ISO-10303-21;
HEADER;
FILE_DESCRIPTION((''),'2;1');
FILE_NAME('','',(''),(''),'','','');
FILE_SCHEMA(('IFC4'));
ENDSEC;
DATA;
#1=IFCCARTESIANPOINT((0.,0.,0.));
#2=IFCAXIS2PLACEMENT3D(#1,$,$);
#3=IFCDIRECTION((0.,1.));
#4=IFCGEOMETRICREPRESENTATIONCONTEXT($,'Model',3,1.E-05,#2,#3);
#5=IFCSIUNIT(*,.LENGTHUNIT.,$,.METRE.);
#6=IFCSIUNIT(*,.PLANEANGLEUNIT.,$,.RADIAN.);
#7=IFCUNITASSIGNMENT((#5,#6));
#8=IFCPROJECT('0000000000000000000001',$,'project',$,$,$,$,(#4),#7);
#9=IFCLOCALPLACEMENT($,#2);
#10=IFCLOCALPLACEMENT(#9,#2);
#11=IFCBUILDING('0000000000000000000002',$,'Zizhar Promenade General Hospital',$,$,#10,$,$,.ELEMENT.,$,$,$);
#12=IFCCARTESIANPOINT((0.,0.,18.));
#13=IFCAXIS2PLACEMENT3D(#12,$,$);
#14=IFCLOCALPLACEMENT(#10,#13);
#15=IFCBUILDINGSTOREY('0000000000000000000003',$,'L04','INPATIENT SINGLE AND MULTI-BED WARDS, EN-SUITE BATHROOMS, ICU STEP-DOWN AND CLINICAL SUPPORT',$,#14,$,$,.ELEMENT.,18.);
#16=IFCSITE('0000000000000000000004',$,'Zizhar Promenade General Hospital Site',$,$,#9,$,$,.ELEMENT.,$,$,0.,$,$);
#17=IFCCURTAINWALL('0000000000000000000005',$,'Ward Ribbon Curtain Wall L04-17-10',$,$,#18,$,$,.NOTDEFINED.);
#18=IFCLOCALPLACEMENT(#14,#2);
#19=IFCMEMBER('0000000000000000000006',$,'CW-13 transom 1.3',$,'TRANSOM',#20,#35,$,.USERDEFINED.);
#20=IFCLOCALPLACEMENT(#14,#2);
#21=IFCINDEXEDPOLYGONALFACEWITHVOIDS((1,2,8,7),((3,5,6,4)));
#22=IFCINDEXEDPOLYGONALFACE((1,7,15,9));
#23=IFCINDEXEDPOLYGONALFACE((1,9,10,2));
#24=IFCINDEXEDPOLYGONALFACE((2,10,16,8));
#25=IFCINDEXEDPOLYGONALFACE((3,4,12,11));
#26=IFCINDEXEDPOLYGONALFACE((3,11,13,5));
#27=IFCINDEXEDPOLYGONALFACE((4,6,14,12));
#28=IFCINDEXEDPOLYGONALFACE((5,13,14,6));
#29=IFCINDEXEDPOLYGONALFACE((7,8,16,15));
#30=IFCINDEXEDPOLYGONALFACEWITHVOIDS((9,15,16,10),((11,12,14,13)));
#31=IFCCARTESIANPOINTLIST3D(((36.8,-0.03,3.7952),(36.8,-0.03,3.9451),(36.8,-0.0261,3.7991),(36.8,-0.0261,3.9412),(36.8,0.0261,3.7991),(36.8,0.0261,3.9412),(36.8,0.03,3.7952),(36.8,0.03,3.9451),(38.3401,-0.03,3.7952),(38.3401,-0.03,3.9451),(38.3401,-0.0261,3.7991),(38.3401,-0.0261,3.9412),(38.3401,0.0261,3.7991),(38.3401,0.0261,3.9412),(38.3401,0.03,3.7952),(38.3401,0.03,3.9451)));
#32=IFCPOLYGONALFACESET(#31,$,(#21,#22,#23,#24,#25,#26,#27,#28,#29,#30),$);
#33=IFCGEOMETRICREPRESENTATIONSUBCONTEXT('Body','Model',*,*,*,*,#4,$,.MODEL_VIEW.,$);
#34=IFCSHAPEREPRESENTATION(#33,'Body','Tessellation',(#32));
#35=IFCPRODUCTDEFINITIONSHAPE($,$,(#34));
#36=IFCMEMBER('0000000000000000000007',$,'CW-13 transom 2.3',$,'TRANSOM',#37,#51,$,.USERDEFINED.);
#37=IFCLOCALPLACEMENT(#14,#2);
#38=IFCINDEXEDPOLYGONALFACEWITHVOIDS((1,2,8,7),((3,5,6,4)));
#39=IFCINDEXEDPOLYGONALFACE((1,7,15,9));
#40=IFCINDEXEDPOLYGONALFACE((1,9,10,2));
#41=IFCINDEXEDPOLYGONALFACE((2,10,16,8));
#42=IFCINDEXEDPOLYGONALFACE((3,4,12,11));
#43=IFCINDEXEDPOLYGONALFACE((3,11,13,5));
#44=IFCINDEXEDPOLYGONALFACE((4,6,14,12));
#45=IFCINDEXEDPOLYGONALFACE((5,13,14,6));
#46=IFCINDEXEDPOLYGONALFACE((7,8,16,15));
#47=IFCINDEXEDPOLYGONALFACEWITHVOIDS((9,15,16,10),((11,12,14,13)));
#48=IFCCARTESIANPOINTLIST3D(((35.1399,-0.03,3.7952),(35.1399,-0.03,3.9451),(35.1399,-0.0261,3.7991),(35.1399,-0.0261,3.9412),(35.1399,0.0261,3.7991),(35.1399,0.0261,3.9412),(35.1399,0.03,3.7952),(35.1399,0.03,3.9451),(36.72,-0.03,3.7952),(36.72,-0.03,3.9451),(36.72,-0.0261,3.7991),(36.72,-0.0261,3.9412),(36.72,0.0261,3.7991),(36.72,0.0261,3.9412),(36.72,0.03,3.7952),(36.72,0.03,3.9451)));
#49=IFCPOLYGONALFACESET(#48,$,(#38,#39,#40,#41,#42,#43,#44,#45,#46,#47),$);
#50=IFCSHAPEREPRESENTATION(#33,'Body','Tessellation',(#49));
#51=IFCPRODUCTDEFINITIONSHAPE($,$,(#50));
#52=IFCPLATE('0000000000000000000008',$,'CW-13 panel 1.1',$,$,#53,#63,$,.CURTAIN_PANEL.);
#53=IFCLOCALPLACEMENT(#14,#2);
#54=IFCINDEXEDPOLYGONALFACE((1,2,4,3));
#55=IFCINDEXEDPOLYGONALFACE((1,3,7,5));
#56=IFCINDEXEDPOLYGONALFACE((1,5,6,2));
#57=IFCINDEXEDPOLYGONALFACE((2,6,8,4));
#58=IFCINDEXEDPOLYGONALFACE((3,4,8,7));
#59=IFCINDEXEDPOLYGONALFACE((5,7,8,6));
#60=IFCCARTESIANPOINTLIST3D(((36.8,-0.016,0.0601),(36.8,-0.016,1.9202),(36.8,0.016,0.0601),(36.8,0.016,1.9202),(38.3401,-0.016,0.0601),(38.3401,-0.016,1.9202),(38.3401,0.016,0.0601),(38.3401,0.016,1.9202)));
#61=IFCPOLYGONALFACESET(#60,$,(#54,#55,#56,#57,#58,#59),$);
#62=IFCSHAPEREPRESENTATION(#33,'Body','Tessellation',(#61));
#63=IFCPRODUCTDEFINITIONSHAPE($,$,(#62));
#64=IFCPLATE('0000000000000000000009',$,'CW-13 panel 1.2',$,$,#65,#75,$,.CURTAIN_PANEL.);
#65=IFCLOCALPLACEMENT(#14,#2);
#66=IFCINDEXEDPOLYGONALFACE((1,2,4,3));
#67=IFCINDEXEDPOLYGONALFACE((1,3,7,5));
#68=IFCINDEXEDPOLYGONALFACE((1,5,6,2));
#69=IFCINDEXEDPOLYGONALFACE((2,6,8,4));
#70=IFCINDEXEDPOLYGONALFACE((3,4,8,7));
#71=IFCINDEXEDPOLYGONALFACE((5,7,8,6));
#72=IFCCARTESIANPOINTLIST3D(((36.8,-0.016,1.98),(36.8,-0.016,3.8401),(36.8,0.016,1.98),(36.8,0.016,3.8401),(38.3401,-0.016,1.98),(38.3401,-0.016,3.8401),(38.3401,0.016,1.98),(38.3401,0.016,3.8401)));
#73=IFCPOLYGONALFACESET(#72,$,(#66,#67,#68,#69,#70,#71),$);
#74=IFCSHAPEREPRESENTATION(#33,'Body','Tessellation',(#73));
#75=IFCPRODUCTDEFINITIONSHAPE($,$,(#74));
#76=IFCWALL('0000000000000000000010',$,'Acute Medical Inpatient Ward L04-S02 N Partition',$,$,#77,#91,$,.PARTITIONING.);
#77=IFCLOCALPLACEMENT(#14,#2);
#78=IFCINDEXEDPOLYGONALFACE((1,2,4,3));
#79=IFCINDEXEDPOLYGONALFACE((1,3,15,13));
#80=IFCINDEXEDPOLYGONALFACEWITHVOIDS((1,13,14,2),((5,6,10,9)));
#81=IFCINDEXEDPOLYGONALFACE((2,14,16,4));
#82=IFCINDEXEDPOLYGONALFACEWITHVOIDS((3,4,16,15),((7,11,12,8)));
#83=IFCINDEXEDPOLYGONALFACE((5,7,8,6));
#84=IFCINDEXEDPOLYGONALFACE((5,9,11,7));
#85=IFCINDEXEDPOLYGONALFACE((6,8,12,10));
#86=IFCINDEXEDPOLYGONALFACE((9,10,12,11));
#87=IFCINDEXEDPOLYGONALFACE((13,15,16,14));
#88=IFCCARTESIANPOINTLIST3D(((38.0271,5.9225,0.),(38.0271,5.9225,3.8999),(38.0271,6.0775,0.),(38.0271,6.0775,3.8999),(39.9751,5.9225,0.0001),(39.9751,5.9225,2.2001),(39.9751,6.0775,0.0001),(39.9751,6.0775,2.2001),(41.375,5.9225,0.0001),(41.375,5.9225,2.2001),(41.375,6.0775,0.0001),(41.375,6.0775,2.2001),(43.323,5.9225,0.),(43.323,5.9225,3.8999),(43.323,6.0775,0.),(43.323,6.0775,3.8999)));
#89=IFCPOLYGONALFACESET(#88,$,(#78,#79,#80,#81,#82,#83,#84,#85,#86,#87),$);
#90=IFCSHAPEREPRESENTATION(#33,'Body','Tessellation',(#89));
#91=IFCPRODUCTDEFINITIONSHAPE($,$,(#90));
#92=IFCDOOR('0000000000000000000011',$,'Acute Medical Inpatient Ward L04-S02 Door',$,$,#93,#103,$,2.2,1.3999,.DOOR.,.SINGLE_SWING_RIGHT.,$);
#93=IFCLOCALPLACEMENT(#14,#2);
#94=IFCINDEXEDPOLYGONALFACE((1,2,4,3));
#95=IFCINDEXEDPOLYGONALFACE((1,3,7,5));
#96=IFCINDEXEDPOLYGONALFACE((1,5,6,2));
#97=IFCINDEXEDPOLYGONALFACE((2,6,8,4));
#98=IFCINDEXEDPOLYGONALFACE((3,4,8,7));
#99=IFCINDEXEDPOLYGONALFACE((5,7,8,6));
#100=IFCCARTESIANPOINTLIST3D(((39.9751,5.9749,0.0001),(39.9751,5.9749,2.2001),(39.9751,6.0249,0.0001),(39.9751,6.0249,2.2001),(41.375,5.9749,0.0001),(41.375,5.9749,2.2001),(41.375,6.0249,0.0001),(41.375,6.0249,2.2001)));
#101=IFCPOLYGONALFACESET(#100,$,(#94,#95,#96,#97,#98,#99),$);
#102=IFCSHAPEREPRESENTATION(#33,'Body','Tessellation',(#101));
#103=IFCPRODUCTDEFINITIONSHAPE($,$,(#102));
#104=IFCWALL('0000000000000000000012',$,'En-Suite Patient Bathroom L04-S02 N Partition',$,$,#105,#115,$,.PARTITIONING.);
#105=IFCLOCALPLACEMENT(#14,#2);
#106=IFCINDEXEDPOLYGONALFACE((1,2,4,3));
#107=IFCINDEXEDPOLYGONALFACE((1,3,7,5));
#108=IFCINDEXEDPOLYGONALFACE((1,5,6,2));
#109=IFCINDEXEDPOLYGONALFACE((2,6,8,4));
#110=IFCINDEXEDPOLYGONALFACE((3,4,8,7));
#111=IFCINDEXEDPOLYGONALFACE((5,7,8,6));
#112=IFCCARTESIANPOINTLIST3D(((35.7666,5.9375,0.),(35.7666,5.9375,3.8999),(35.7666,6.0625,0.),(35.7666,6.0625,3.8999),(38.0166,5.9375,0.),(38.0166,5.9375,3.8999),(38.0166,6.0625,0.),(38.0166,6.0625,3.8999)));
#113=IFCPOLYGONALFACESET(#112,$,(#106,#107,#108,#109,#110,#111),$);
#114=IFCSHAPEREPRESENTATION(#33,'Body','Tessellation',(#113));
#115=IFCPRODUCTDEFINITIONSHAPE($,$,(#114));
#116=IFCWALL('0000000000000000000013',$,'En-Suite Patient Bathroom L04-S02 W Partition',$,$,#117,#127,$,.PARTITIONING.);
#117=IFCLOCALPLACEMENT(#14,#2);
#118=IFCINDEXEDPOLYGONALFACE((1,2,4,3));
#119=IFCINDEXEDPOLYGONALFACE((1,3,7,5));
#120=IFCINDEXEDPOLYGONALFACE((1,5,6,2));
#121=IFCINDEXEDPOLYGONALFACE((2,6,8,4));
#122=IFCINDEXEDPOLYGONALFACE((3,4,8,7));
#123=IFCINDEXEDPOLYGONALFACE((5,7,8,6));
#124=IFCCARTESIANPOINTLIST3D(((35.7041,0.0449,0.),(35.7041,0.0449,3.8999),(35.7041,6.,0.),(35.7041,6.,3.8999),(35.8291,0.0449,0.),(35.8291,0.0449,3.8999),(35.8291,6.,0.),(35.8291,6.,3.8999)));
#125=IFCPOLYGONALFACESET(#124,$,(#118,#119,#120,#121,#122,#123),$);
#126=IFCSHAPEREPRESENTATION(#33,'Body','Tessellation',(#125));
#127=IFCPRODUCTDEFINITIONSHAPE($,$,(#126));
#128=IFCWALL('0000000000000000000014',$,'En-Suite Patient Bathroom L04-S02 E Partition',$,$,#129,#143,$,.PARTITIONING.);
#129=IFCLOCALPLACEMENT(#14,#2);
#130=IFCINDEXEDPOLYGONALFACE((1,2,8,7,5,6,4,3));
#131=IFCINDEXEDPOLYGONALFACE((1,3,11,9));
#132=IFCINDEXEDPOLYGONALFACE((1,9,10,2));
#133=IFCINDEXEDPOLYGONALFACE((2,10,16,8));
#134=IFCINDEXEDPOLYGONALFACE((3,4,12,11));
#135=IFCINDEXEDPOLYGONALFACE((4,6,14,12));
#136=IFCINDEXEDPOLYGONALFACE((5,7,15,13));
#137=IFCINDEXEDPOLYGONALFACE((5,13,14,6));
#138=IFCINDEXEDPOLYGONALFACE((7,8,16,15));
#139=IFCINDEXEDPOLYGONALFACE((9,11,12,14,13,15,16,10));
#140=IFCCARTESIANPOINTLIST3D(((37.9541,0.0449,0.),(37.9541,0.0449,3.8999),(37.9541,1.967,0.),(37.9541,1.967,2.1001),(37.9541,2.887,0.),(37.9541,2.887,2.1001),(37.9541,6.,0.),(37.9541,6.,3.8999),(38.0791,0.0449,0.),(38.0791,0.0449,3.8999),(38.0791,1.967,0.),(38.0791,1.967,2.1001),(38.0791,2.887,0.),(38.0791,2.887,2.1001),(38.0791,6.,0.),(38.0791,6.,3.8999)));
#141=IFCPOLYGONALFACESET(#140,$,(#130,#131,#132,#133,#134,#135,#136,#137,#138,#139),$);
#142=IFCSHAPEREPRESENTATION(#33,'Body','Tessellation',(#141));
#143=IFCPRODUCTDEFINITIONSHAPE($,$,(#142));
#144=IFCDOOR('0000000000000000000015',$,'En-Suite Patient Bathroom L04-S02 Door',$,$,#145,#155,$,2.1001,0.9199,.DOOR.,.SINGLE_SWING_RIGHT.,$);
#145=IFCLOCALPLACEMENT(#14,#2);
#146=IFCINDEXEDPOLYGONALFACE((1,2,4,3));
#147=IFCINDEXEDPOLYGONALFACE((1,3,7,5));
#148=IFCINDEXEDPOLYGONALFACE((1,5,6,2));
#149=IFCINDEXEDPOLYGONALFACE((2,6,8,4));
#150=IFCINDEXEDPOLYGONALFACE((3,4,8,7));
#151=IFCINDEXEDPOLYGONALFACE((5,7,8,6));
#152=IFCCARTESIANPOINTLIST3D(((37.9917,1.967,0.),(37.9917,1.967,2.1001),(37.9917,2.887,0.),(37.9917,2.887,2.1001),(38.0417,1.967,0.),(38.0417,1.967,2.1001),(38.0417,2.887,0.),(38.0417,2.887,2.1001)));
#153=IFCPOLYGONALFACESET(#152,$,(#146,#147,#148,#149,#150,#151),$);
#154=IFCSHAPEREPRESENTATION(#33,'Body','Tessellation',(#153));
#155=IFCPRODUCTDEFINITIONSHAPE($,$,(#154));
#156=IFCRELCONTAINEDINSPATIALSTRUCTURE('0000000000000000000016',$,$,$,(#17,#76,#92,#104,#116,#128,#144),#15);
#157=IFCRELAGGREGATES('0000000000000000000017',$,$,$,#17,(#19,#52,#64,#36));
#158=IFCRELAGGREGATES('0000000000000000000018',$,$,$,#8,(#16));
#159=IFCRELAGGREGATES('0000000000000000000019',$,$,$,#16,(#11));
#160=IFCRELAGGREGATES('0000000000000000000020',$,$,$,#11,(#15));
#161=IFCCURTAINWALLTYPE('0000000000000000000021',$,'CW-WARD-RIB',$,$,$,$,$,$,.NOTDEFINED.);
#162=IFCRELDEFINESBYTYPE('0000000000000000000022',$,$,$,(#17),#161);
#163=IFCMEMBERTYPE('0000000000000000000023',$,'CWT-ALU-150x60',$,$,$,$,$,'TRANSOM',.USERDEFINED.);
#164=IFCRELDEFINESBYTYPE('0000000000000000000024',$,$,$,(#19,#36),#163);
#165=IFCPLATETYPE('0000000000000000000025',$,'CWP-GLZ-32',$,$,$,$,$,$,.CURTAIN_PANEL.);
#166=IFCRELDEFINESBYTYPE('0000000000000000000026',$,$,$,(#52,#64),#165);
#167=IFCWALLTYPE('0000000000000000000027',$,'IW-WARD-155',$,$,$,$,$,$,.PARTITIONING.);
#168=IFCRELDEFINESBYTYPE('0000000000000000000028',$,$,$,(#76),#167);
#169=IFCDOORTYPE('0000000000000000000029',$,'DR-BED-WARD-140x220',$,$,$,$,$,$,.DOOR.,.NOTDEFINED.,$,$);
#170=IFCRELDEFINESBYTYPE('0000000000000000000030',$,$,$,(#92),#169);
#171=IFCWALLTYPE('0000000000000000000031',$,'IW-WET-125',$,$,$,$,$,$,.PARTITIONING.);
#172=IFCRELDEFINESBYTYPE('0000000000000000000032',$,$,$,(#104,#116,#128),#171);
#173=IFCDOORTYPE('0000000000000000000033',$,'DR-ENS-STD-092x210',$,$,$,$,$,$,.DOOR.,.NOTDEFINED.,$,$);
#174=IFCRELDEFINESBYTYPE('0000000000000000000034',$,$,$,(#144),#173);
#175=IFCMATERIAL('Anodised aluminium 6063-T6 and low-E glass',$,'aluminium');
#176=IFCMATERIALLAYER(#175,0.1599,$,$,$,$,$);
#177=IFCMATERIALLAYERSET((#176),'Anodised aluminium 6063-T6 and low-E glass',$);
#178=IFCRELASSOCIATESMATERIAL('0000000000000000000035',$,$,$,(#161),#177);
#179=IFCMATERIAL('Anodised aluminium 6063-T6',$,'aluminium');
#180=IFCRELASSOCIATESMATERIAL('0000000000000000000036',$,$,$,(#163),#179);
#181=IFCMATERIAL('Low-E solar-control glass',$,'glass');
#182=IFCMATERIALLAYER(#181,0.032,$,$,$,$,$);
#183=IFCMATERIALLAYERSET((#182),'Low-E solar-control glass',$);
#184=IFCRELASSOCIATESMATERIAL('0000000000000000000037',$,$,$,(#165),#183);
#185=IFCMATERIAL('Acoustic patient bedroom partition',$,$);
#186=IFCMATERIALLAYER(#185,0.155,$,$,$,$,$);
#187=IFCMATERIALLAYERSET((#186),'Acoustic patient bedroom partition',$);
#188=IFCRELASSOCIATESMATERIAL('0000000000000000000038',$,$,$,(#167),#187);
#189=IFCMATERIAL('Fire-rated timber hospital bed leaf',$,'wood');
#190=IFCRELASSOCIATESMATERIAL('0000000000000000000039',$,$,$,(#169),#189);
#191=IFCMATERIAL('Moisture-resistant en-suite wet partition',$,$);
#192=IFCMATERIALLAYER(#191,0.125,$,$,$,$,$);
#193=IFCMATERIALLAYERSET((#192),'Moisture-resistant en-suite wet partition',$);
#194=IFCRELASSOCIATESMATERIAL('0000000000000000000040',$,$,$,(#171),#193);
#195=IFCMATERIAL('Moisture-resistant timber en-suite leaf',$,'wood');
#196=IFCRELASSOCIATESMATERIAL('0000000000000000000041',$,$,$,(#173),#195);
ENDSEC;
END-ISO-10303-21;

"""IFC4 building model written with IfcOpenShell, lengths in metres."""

from ifc_helpers import new_model, si_unit, direction, frame, frame_2d, origin, origin_2d, place, context, subcontext, project, spatial, rectangle, hollow_rectangle, extrude, material, layer, layer_set, material_profile, profile_set, type_object, element, fill, aggregate, save


model = new_model("IFC4")

# Units and contexts
model_context = context("Model", 3, precision=1e-05, world=origin(), true_north=direction((0.0, 1.0)))
body_context = subcontext(model_context, "Body", "Model", "MODEL_VIEW")
ifc_project = project(units=[si_unit("LENGTHUNIT", "METRE"), si_unit("PLANEANGLEUNIT", "RADIAN")], contexts=[model_context])

# Site, building, storey
site_placement = place(None, origin())
site = spatial("IfcSite", under=ifc_project, at=site_placement, Name="Zizhar Promenade General Hospital Site", CompositionType="ELEMENT", RefElevation=0.0)
building_placement = place(site_placement, origin())
building = spatial("IfcBuilding", under=site, at=building_placement, Name="Zizhar Promenade General Hospital", CompositionType="ELEMENT")
storey_placement = place(building_placement, frame((0.0, 0.0, 18.0)))
storey = spatial("IfcBuildingStorey", under=building, at=storey_placement, Name="L04", Description="INPATIENT SINGLE AND MULTI-BED WARDS, EN-SUITE BATHROOMS, ICU STEP-DOWN AND CLINICAL SUPPORT", CompositionType="ELEMENT", Elevation=18.0)

# Curtain wall, members, plates
ifc_material_1 = material(Name="Anodised aluminium 6063-T6 and low-E glass", Category="aluminium")
ifc_layer_1 = layer(ifc_material_1, 0.1599)
ifc_layer_set_1 = layer_set([ifc_layer_1], Name="Anodised aluminium 6063-T6 and low-E glass")
curtain_wall_type = type_object("IfcCurtainWallType", Name="CW-WARD-RIB", PredefinedType="NOTDEFINED", material=ifc_layer_set_1)
curtain_wall_placement = place(storey_placement, origin())
curtain_wall = element("IfcCurtainWall", 1, at=curtain_wall_placement, inside=storey, type_object=curtain_wall_type, Name="Ward Ribbon Curtain Wall L04-17-10", PredefinedType="NOTDEFINED")
ifc_material_2 = material(Name="Anodised aluminium 6063-T6", Category="aluminium")
ifc_material_profile_1 = material_profile(ifc_material_2, hollow_rectangle(XDim=0.0601, YDim=0.1499, WallThickness=0.0039, at=origin_2d()))
ifc_profile_set_1 = profile_set([ifc_material_profile_1], Name="Anodised aluminium 6063-T6")
member_type_1 = type_object("IfcMemberType", Name="CWT-ALU-150x60", ElementType="TRANSOM", PredefinedType="USERDEFINED", material=ifc_profile_set_1)
member_1_placement = place(storey_placement, frame((38.3401, 0.0, 3.8701), z_axis=(-1.0, 0.0, 0.0), x_axis=(0.0, -1.0, 0.0)))
member_1 = element("IfcMember", 2, at=member_1_placement, type_object=member_type_1, Name="CW-13 transom 1.3", ObjectType="TRANSOM", PredefinedType="USERDEFINED", context=body_context, shape_type="SweptSolid", body=[
    extrude(hollow_rectangle(XDim=0.0601, YDim=0.1499, WallThickness=0.0039, at=origin_2d()), origin(), (0.0, 0.0, 1.0), 1.54),
])
member_2_placement = place(storey_placement, frame((36.72, 0.0, 3.8701), z_axis=(-1.0, 0.0, 0.0), x_axis=(0.0, -1.0, 0.0)))
member_2 = element("IfcMember", 3, at=member_2_placement, type_object=member_type_1, Name="CW-13 transom 2.3", ObjectType="TRANSOM", PredefinedType="USERDEFINED", context=body_context, shape_type="SweptSolid", body=[
    extrude(hollow_rectangle(XDim=0.0601, YDim=0.1499, WallThickness=0.0039, at=origin_2d()), origin(), (0.0, 0.0, 1.0), 1.5801),
])
ifc_material_3 = material(Name="Low-E solar-control glass", Category="glass")
ifc_layer_2 = layer(ifc_material_3, 0.032)
ifc_layer_set_2 = layer_set([ifc_layer_2], Name="Low-E solar-control glass")
plate_type = type_object("IfcPlateType", Name="CWP-GLZ-32", PredefinedType="CURTAIN_PANEL", material=ifc_layer_set_2)
plate_1_placement = place(storey_placement, frame((37.5701, 0.0, 0.0601), z_axis=(0.0, 0.0, 1.0), x_axis=(-1.0, 0.0, 0.0)))
plate_1 = element("IfcPlate", 4, at=plate_1_placement, type_object=plate_type, Name="CW-13 panel 1.1", PredefinedType="CURTAIN_PANEL", context=body_context, shape_type="SweptSolid", body=[
    extrude(rectangle(XDim=1.54, YDim=0.032, at=origin_2d()), origin(), (0.0, 0.0, 1.0), 1.8601),
])
plate_2_placement = place(storey_placement, frame((37.5701, 0.0, 1.98), z_axis=(0.0, 0.0, 1.0), x_axis=(-1.0, 0.0, 0.0)))
plate_2 = element("IfcPlate", 5, at=plate_2_placement, type_object=plate_type, Name="CW-13 panel 1.2", PredefinedType="CURTAIN_PANEL", context=body_context, shape_type="SweptSolid", body=[
    extrude(rectangle(XDim=1.54, YDim=0.032, at=origin_2d()), origin(), (0.0, 0.0, 1.0), 1.8601),
])
aggregate(curtain_wall, [member_1, plate_1, plate_2, member_2])

# Wall, opening, door
ifc_material_4 = material(Name="Acoustic patient bedroom partition")
ifc_layer_3 = layer(ifc_material_4, 0.155)
ifc_layer_set_3 = layer_set([ifc_layer_3], Name="Acoustic patient bedroom partition")
wall_type_1 = type_object("IfcWallType", Name="IW-WARD-155", PredefinedType="PARTITIONING", material=ifc_layer_set_3)
wall_1_placement = place(storey_placement, frame((38.0271, 6.0, 0.0), z_axis=(0.0, 0.0, 1.0), x_axis=(1.0, 0.0, 0.0)))
wall_1 = element("IfcWall", 6, at=wall_1_placement, inside=storey, type_object=wall_type_1, Name="Acute Medical Inpatient Ward L04-S02 N Partition", PredefinedType="PARTITIONING", context=body_context, shape_type="SweptSolid", body=[
    extrude(rectangle(XDim=5.2959, YDim=0.155, at=frame_2d((2.6479, 0.0))), origin(), (0.0, 0.0, 1.0), 3.8999),
])
opening_1_placement = place(wall_1_placement, frame((1.948, 0.0, 0.0)))
opening_1 = element("IfcOpeningElement", 7, at=opening_1_placement, cuts=wall_1, PredefinedType="OPENING", context=body_context, shape_type="SweptSolid", body=[
    extrude(rectangle(XDim=1.3999, YDim=2.2, at=frame_2d((0.7, 1.1001))), frame((0.0, 0.0874, 0.0), z_axis=(0.0, -1.0, 0.0), x_axis=(1.0, 0.0, 0.0)), (0.0, 0.0, 1.0), 0.175),
])
ifc_material_5 = material(Name="Fire-rated timber hospital bed leaf", Category="wood")
door_type_1 = type_object("IfcDoorType", Name="DR-BED-WARD-140x220", OperationType="NOTDEFINED", PredefinedType="DOOR", material=ifc_material_5)
door_1_placement = place(opening_1_placement, origin())
door_1 = element("IfcDoor", 8, at=door_1_placement, inside=storey, type_object=door_type_1, Name="Acute Medical Inpatient Ward L04-S02 Door", OperationType="SINGLE_SWING_RIGHT", OverallHeight=2.2, OverallWidth=1.3999, PredefinedType="DOOR", context=body_context, shape_type="SweptSolid", body=[
    extrude(rectangle(XDim=1.3999, YDim=2.2, at=frame_2d((0.7, 1.1001))), frame((0.0, 0.0249, 0.0), z_axis=(0.0, -1.0, 0.0), x_axis=(1.0, 0.0, 0.0)), (0.0, 0.0, 1.0), 0.05),
])
fill(opening_1, door_1)

# Walls
ifc_material_6 = material(Name="Moisture-resistant en-suite wet partition")
ifc_layer_4 = layer(ifc_material_6, 0.125)
ifc_layer_set_4 = layer_set([ifc_layer_4], Name="Moisture-resistant en-suite wet partition")
wall_type_2 = type_object("IfcWallType", Name="IW-WET-125", PredefinedType="PARTITIONING", material=ifc_layer_set_4)
wall_2_placement = place(storey_placement, frame((35.7666, 6.0, 0.0), z_axis=(0.0, 0.0, 1.0), x_axis=(1.0, 0.0, 0.0)))
element("IfcWall", 9, at=wall_2_placement, inside=storey, type_object=wall_type_2, Name="En-Suite Patient Bathroom L04-S02 N Partition", PredefinedType="PARTITIONING", context=body_context, shape_type="SweptSolid", body=[
    extrude(rectangle(XDim=2.25, YDim=0.125, at=frame_2d((1.125, 0.0))), origin(), (0.0, 0.0, 1.0), 3.8999),
])
wall_3_placement = place(storey_placement, frame((35.7666, 0.0449, 0.0), z_axis=(0.0, 0.0, 1.0), x_axis=(0.0, 1.0, 0.0)))
element("IfcWall", 10, at=wall_3_placement, inside=storey, type_object=wall_type_2, Name="En-Suite Patient Bathroom L04-S02 W Partition", PredefinedType="PARTITIONING", context=body_context, shape_type="SweptSolid", body=[
    extrude(rectangle(XDim=5.9551, YDim=0.125, at=frame_2d((2.9775, 0.0))), origin(), (0.0, 0.0, 1.0), 3.8999),
])

# Wall, opening, door
wall_4_placement = place(storey_placement, frame((38.0166, 0.0449, 0.0), z_axis=(0.0, 0.0, 1.0), x_axis=(0.0, 1.0, 0.0)))
wall_4 = element("IfcWall", 11, at=wall_4_placement, inside=storey, type_object=wall_type_2, Name="En-Suite Patient Bathroom L04-S02 E Partition", PredefinedType="PARTITIONING", context=body_context, shape_type="SweptSolid", body=[
    extrude(rectangle(XDim=5.9551, YDim=0.125, at=frame_2d((2.9775, 0.0))), origin(), (0.0, 0.0, 1.0), 3.8999),
])
opening_2_placement = place(wall_4_placement, frame((1.9221, 0.0, 0.0)))
opening_2 = element("IfcOpeningElement", 12, at=opening_2_placement, cuts=wall_4, PredefinedType="OPENING", context=body_context, shape_type="SweptSolid", body=[
    extrude(rectangle(XDim=0.9199, YDim=2.1001, at=frame_2d((0.46, 1.05))), frame((0.0, 0.0725, 0.0), z_axis=(0.0, -1.0, 0.0), x_axis=(1.0, 0.0, 0.0)), (0.0, 0.0, 1.0), 0.145),
])
ifc_material_7 = material(Name="Moisture-resistant timber en-suite leaf", Category="wood")
door_type_2 = type_object("IfcDoorType", Name="DR-ENS-STD-092x210", OperationType="NOTDEFINED", PredefinedType="DOOR", material=ifc_material_7)
door_2_placement = place(opening_2_placement, origin())
door_2 = element("IfcDoor", 13, at=door_2_placement, inside=storey, type_object=door_type_2, Name="En-Suite Patient Bathroom L04-S02 Door", OperationType="SINGLE_SWING_RIGHT", OverallHeight=2.1001, OverallWidth=0.9199, PredefinedType="DOOR", context=body_context, shape_type="SweptSolid", body=[
    extrude(rectangle(XDim=0.9199, YDim=2.1001, at=frame_2d((0.46, 1.05))), frame((0.0, 0.0249, 0.0), z_axis=(0.0, -1.0, 0.0), x_axis=(1.0, 0.0, 0.0)), (0.0, 0.0, 1.0), 0.05),
])
fill(opening_2, door_2)

save(model, "model.ifc")
